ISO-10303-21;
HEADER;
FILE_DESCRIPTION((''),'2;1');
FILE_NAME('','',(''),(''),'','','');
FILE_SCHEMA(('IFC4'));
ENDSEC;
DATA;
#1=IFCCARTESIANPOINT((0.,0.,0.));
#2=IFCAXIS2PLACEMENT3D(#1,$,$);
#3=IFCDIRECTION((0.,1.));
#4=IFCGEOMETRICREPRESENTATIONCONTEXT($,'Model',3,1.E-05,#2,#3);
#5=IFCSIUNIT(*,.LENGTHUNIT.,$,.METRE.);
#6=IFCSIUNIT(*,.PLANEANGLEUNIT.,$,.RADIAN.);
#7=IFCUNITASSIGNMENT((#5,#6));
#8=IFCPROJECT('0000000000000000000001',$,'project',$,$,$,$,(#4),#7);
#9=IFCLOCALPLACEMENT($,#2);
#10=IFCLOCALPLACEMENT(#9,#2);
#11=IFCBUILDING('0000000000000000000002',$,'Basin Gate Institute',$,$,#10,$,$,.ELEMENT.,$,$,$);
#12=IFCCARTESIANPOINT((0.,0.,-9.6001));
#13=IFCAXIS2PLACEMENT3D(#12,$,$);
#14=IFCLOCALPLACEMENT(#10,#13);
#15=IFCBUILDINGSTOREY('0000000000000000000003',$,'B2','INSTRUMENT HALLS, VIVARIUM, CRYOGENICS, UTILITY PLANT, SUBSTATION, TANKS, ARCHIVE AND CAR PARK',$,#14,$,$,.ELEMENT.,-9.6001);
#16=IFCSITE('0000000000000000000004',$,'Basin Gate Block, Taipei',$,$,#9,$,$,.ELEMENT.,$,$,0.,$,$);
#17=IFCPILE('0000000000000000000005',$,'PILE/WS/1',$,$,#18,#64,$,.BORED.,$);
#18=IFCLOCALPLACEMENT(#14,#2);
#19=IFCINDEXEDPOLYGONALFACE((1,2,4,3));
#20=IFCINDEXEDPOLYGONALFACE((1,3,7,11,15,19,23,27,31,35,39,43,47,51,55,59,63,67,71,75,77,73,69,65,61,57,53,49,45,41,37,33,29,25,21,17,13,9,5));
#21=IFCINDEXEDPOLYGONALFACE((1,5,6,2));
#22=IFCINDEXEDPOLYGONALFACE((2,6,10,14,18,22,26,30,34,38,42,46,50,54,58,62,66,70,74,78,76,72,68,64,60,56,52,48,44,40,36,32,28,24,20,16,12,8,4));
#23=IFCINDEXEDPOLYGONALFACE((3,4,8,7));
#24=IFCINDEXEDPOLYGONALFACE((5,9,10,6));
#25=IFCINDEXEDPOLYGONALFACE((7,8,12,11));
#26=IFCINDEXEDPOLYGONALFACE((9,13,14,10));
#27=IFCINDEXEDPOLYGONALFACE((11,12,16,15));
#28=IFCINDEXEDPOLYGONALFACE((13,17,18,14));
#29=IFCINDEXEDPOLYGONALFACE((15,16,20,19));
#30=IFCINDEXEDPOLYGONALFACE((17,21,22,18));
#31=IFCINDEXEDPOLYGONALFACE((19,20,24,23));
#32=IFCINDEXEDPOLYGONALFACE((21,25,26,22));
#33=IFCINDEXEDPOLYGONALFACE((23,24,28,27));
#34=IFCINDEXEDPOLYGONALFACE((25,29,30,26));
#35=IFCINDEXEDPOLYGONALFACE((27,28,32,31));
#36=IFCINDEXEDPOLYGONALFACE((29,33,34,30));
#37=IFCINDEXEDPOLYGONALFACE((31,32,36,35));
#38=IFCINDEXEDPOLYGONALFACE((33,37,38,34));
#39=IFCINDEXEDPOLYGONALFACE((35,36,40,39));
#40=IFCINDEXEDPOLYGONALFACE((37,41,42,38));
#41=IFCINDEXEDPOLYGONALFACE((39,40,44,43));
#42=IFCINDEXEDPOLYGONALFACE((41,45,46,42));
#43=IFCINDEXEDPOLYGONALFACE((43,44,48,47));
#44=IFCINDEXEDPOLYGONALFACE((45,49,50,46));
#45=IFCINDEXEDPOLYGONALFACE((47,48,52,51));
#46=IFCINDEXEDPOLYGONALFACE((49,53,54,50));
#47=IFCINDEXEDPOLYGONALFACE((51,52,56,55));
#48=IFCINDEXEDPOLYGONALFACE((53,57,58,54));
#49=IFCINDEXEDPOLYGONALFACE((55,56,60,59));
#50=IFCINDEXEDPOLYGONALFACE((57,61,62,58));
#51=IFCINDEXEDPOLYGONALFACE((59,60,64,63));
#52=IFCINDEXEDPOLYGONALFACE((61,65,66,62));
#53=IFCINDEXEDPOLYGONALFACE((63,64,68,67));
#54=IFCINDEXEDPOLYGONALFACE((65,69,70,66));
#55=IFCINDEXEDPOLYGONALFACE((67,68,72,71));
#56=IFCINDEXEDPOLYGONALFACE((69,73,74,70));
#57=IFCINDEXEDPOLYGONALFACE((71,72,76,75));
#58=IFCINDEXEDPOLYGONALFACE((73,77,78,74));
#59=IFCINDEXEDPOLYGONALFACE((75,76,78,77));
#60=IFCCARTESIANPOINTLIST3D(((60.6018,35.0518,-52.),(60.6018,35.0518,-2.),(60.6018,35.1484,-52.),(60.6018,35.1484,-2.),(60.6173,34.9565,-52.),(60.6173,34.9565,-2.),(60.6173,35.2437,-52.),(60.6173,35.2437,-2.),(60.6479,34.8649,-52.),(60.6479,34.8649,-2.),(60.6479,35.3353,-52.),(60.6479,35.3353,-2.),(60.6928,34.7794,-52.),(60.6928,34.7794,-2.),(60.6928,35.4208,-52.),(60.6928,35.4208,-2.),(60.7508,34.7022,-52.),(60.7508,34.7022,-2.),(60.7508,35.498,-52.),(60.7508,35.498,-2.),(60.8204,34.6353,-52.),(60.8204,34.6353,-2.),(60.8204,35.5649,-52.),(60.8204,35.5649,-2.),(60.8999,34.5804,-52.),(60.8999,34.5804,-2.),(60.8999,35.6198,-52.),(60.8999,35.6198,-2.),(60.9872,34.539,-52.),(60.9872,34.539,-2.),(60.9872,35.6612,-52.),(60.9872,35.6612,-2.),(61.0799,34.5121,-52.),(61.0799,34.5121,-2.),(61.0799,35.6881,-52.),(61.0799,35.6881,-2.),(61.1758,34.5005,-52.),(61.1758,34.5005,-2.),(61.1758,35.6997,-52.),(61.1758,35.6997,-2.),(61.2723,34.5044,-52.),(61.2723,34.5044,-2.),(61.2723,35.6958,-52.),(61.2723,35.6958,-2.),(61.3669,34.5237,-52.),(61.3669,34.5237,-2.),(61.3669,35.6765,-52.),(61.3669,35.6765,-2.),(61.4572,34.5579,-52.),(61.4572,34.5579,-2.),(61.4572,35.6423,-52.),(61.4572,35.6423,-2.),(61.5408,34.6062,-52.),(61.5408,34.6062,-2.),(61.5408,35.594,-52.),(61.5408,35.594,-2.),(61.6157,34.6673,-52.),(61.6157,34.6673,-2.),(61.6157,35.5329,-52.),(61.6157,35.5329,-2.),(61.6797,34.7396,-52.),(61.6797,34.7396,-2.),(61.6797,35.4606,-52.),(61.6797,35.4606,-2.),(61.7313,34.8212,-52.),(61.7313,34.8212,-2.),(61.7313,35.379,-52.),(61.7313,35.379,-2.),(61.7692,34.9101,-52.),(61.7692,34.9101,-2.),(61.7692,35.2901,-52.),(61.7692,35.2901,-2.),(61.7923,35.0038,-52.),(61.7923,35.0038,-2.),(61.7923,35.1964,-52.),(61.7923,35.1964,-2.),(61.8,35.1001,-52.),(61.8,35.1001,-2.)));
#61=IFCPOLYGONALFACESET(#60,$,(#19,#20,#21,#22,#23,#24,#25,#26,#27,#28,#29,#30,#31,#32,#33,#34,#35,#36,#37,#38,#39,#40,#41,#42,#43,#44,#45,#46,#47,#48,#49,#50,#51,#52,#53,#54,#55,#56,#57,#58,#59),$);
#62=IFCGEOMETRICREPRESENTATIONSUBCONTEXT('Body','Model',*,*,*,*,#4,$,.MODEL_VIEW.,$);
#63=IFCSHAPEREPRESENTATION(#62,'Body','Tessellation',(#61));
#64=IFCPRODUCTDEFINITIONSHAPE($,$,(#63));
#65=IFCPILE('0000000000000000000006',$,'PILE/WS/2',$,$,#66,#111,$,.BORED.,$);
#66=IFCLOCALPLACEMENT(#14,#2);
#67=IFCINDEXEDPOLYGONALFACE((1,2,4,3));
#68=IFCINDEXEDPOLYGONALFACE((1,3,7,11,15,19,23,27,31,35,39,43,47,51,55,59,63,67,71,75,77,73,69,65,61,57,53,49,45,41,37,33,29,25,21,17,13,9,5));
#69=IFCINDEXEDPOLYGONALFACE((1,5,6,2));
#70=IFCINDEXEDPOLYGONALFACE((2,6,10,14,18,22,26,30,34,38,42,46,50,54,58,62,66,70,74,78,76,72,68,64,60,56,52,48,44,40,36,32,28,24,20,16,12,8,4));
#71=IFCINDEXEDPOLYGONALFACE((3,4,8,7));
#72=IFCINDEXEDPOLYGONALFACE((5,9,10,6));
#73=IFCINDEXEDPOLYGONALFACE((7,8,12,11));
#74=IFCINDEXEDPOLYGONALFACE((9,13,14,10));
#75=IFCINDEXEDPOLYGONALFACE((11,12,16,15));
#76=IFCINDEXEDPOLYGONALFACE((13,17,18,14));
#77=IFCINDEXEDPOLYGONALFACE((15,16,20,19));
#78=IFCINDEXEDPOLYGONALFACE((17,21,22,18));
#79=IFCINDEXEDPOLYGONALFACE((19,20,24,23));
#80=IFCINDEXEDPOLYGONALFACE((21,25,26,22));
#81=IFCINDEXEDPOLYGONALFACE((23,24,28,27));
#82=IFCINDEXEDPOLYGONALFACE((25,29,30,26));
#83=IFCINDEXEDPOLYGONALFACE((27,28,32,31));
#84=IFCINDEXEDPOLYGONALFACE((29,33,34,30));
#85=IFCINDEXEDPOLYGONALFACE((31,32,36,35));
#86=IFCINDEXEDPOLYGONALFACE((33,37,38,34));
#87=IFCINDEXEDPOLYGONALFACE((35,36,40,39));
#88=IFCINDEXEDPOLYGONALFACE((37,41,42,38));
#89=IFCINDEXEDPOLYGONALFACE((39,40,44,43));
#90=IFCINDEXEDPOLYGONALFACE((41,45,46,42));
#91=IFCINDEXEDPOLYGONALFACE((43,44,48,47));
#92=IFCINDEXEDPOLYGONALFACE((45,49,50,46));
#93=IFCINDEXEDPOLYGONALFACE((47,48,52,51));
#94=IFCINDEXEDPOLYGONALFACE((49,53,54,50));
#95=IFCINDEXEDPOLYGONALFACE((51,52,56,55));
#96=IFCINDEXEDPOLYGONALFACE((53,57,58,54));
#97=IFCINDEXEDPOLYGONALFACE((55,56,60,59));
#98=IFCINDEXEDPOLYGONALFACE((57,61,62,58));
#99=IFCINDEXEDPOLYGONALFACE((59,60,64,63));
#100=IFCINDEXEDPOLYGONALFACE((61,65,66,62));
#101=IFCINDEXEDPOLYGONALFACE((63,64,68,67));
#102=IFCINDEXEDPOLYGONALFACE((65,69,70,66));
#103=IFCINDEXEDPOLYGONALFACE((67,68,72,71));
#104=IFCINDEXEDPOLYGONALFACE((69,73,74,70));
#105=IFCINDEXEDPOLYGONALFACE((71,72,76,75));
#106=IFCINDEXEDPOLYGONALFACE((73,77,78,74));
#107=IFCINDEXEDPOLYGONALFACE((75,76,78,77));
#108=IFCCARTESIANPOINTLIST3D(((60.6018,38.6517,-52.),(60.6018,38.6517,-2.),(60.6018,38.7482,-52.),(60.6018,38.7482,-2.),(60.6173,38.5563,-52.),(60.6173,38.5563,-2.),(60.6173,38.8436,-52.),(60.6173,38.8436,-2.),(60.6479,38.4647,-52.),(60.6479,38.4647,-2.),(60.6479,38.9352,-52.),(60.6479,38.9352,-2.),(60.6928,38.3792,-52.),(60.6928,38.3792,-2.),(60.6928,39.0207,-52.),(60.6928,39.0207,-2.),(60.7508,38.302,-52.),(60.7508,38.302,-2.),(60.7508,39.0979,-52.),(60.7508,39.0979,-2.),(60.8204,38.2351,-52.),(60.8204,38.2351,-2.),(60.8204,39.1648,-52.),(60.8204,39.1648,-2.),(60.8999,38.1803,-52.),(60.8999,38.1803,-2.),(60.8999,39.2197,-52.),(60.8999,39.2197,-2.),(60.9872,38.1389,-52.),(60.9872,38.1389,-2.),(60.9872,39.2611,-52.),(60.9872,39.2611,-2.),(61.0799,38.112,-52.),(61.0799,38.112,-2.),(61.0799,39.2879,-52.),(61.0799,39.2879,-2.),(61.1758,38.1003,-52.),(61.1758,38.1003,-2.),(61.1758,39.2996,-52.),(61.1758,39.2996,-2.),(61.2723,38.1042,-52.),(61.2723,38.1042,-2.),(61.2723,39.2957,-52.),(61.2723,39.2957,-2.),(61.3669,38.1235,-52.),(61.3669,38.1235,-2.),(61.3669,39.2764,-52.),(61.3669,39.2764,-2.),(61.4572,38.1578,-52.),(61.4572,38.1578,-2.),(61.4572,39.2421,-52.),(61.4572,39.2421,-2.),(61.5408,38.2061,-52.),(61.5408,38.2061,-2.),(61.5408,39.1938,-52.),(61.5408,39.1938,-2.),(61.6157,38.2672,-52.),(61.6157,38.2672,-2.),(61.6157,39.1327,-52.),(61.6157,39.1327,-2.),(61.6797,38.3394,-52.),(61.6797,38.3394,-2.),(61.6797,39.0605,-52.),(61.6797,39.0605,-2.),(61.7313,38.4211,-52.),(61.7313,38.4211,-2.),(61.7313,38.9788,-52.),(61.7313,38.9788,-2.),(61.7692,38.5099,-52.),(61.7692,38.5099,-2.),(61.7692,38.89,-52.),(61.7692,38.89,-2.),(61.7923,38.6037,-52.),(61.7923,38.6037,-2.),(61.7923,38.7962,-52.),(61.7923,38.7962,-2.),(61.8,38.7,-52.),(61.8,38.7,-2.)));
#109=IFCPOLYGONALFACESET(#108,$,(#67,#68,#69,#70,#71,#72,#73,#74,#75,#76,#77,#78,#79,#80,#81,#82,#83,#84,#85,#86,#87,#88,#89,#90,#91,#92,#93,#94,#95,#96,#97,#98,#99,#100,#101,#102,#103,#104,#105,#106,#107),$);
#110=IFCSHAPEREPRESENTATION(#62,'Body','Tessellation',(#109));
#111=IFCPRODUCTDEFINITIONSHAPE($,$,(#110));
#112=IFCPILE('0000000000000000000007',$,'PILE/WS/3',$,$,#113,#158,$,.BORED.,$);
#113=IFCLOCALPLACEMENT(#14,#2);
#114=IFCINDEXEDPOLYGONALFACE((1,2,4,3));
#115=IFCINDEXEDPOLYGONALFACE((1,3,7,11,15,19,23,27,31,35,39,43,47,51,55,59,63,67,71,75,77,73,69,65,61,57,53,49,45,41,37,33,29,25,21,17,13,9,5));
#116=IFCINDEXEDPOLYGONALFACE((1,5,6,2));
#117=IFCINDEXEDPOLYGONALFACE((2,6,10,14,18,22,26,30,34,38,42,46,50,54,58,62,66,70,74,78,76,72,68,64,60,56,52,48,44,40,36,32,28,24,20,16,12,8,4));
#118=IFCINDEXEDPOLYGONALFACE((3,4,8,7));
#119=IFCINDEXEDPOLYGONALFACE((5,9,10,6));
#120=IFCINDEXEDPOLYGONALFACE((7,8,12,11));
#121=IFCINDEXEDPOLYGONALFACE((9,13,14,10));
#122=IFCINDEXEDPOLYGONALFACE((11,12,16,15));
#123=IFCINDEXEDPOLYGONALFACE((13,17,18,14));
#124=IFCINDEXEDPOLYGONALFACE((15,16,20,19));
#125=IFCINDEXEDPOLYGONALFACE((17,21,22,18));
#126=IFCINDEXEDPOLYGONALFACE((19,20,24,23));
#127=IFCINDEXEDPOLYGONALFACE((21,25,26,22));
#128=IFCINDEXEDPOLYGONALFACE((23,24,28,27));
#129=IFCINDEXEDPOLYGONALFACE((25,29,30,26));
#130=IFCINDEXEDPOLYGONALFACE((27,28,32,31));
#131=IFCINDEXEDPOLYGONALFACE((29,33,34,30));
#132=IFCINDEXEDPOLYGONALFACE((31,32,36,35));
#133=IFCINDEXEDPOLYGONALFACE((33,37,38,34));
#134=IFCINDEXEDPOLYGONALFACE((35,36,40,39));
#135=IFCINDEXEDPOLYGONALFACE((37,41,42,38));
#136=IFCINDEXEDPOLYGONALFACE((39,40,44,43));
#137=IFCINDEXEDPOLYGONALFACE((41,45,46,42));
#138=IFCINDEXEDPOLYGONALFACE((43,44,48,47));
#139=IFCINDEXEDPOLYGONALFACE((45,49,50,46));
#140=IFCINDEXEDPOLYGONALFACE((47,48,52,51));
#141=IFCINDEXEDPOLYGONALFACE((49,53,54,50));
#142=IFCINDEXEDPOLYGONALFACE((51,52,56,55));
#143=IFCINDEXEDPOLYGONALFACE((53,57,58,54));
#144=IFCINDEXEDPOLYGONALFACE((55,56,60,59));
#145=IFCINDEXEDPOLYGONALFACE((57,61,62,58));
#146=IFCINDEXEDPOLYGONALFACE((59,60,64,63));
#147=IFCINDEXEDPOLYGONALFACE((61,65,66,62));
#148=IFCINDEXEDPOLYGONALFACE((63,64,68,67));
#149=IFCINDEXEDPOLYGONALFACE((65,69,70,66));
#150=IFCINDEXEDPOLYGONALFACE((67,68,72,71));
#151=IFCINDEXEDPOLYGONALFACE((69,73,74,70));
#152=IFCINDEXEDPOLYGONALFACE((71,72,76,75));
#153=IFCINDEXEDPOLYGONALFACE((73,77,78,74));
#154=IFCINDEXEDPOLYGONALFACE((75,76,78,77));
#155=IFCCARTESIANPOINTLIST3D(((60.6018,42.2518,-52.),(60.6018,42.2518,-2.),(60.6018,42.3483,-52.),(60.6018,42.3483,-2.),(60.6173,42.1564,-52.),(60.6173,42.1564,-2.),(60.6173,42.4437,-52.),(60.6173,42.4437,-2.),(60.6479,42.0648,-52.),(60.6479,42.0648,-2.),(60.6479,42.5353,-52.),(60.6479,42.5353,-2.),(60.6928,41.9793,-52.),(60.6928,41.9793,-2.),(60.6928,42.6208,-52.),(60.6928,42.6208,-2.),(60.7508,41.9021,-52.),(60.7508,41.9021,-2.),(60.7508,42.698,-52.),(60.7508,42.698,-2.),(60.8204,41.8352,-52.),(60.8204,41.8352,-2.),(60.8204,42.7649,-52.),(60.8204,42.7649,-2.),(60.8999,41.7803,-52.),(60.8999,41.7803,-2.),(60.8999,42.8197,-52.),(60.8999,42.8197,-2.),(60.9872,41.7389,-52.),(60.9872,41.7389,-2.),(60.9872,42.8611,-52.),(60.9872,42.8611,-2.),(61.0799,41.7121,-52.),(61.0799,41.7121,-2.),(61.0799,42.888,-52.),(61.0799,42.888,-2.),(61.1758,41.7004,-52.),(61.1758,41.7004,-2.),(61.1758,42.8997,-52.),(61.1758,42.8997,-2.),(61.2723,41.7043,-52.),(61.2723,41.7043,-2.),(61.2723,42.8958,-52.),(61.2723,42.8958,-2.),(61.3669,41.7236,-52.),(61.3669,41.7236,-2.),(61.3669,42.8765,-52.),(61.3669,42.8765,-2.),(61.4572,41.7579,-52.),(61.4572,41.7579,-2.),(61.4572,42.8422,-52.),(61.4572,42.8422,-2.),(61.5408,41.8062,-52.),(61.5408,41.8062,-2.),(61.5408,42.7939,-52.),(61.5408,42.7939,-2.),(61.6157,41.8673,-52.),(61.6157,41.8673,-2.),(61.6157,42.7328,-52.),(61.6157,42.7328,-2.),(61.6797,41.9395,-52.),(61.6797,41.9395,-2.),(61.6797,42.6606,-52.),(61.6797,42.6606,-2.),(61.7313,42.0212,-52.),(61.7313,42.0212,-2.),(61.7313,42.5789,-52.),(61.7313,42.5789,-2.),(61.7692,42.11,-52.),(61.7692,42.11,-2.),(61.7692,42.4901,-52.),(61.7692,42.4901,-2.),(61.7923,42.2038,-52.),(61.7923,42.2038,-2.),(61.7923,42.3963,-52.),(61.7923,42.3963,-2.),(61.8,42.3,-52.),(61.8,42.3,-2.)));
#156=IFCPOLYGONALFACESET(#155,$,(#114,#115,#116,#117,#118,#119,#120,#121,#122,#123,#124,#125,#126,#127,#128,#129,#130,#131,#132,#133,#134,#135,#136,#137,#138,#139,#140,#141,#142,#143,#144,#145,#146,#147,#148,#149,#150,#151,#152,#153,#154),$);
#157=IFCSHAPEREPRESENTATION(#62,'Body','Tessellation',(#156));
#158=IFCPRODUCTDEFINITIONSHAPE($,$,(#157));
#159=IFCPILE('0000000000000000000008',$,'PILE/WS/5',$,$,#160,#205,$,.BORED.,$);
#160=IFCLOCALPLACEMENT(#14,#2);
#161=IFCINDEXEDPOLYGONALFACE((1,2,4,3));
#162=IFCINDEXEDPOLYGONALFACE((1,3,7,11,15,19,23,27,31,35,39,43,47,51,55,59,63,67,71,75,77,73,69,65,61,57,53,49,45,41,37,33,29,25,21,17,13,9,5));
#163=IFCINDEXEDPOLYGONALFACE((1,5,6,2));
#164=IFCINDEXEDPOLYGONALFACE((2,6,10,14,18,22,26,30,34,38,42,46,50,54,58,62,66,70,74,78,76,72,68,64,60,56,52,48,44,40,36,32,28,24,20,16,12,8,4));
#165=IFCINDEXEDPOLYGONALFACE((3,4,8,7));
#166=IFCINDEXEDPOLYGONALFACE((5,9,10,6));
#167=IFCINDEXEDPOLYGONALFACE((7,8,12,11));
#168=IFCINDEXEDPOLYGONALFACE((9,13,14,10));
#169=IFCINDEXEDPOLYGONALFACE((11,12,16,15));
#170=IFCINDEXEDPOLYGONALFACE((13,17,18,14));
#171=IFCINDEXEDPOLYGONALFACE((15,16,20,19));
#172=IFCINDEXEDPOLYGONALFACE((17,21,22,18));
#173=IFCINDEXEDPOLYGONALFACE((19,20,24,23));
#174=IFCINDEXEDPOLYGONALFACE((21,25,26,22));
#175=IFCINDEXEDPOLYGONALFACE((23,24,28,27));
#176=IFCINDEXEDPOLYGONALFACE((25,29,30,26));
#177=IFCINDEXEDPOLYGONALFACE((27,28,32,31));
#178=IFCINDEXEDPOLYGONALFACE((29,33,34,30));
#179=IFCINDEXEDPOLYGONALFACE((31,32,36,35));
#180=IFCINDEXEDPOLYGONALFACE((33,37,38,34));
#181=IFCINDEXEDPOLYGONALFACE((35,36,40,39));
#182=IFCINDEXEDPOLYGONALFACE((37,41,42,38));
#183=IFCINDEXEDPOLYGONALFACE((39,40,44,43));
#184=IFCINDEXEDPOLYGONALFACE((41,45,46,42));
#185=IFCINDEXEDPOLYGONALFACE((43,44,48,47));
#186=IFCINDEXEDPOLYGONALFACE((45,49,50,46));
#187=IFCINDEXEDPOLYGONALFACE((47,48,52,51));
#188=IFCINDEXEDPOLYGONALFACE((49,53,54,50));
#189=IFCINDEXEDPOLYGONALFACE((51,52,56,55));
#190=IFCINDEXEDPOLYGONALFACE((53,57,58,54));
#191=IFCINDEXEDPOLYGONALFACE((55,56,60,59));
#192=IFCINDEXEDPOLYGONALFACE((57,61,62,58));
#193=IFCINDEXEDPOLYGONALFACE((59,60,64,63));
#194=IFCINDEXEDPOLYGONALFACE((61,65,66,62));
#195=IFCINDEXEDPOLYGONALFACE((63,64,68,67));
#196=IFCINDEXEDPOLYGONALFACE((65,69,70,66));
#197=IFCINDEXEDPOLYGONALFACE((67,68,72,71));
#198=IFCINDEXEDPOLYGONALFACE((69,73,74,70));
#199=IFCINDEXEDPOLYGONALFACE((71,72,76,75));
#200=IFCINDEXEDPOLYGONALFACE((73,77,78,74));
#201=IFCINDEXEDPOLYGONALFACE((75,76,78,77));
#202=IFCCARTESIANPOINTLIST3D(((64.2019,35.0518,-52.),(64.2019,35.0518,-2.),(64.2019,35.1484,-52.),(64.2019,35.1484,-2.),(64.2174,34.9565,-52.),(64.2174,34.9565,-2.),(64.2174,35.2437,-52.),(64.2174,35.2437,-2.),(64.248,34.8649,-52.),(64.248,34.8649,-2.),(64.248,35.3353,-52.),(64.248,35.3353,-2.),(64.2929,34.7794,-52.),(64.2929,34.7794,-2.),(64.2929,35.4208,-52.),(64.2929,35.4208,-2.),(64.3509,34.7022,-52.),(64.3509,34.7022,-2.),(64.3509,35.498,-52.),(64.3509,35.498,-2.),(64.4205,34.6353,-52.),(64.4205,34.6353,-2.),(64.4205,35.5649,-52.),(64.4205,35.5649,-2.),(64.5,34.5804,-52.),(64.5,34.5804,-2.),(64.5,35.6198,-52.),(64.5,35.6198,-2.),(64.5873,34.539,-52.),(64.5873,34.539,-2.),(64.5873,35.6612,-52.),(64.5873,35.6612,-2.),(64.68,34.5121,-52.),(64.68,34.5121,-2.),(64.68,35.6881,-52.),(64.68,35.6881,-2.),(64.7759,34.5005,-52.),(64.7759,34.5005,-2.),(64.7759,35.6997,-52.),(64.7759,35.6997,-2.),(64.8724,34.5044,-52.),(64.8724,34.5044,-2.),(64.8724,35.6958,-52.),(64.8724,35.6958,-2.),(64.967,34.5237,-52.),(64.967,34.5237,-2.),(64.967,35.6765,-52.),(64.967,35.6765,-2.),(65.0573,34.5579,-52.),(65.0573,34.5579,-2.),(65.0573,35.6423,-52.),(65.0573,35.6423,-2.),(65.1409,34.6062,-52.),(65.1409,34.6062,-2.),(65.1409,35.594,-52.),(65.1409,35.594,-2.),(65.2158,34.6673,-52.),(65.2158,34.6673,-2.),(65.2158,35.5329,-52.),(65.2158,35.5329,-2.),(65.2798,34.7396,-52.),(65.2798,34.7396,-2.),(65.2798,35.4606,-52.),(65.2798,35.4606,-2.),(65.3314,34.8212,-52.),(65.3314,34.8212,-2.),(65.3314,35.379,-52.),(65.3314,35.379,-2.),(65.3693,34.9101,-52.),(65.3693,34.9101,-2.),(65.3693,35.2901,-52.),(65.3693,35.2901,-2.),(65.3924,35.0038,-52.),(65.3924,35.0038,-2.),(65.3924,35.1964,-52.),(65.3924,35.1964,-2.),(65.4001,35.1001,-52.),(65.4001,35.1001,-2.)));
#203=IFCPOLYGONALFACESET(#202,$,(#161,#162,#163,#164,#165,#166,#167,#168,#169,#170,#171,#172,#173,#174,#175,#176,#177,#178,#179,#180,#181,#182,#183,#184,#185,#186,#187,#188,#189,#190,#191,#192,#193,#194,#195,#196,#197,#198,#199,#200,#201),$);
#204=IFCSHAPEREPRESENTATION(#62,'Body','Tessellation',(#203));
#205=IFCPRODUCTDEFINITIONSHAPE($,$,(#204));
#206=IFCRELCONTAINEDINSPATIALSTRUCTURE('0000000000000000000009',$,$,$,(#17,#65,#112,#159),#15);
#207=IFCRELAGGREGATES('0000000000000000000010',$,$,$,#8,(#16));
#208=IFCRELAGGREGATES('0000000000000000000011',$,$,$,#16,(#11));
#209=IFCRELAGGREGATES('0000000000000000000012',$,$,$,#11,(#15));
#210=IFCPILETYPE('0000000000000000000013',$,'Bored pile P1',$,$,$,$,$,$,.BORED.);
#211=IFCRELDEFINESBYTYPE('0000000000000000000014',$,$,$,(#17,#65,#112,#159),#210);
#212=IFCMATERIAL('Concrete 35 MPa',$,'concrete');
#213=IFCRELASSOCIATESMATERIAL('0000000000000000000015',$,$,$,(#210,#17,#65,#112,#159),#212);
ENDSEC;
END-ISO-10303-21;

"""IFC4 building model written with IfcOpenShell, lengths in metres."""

from ifc_helpers import new_model, si_unit, direction, frame, origin, origin_2d, place, context, subcontext, project, spatial, circle, extrude, material, material_profile, profile_set, type_object, element, save


model = new_model("IFC4")

# Units and contexts
model_context = context("Model", 3, precision=1e-05, world=origin(), true_north=direction((0.0, 1.0)))
body_context = subcontext(model_context, "Body", "Model", "MODEL_VIEW")
ifc_project = project(units=[si_unit("LENGTHUNIT", "METRE"), si_unit("PLANEANGLEUNIT", "RADIAN")], contexts=[model_context])

# Site, building, storey
site_placement = place(None, origin())
site = spatial("IfcSite", under=ifc_project, at=site_placement, Name="Basin Gate Block, Taipei", CompositionType="ELEMENT", RefElevation=0.0)
building_placement = place(site_placement, origin())
building = spatial("IfcBuilding", under=site, at=building_placement, Name="Basin Gate Institute", CompositionType="ELEMENT")
storey_placement = place(building_placement, frame((0.0, 0.0, -9.6001)))
storey = spatial("IfcBuildingStorey", under=building, at=storey_placement, Name="B2", Description="INSTRUMENT HALLS, VIVARIUM, CRYOGENICS, UTILITY PLANT, SUBSTATION, TANKS, ARCHIVE AND CAR PARK", CompositionType="ELEMENT", Elevation=-9.6001)

# Piles
ifc_material_1 = material(Name="Concrete 35 MPa", Category="concrete")
ifc_material_profile_1 = material_profile(ifc_material_1, circle(Radius=0.6001, at=origin_2d()), Name="Bored pile P1 1200 dia")
ifc_profile_set_1 = profile_set([ifc_material_profile_1], Name="Concrete 35 MPa")
pile_type = type_object("IfcPileType", Name="Bored pile P1", PredefinedType="BORED", material=ifc_profile_set_1)
for number, where, z_axis, x_axis, name in (
    (1, (61.2, 35.1001, -2.0), (0.0, 0.0, -1.0), (1.0, 0.0, 0.0), "PILE/WS/1"),
    (2, (61.2, 38.7, -2.0), (0.0, 0.0, -1.0), (1.0, 0.0, 0.0), "PILE/WS/2"),
    (3, (61.2, 42.3, -2.0), (0.0, 0.0, -1.0), (1.0, 0.0, 0.0), "PILE/WS/3"),
    (4, (64.8, 35.1001, -2.0), (0.0, 0.0, -1.0), (1.0, 0.0, 0.0), "PILE/WS/5"),
):
    element("IfcPile", number, at=place(storey_placement, frame(where, z_axis=z_axis, x_axis=x_axis)), inside=storey, type_object=pile_type, material=ifc_profile_set_1, Name=name, PredefinedType="BORED", context=body_context, shape_type="SweptSolid", body=[
        extrude(circle(Radius=0.6001, at=origin_2d()), origin(), (0.0, 0.0, 1.0), 50.0),
    ])

save(model, "model.ifc")
